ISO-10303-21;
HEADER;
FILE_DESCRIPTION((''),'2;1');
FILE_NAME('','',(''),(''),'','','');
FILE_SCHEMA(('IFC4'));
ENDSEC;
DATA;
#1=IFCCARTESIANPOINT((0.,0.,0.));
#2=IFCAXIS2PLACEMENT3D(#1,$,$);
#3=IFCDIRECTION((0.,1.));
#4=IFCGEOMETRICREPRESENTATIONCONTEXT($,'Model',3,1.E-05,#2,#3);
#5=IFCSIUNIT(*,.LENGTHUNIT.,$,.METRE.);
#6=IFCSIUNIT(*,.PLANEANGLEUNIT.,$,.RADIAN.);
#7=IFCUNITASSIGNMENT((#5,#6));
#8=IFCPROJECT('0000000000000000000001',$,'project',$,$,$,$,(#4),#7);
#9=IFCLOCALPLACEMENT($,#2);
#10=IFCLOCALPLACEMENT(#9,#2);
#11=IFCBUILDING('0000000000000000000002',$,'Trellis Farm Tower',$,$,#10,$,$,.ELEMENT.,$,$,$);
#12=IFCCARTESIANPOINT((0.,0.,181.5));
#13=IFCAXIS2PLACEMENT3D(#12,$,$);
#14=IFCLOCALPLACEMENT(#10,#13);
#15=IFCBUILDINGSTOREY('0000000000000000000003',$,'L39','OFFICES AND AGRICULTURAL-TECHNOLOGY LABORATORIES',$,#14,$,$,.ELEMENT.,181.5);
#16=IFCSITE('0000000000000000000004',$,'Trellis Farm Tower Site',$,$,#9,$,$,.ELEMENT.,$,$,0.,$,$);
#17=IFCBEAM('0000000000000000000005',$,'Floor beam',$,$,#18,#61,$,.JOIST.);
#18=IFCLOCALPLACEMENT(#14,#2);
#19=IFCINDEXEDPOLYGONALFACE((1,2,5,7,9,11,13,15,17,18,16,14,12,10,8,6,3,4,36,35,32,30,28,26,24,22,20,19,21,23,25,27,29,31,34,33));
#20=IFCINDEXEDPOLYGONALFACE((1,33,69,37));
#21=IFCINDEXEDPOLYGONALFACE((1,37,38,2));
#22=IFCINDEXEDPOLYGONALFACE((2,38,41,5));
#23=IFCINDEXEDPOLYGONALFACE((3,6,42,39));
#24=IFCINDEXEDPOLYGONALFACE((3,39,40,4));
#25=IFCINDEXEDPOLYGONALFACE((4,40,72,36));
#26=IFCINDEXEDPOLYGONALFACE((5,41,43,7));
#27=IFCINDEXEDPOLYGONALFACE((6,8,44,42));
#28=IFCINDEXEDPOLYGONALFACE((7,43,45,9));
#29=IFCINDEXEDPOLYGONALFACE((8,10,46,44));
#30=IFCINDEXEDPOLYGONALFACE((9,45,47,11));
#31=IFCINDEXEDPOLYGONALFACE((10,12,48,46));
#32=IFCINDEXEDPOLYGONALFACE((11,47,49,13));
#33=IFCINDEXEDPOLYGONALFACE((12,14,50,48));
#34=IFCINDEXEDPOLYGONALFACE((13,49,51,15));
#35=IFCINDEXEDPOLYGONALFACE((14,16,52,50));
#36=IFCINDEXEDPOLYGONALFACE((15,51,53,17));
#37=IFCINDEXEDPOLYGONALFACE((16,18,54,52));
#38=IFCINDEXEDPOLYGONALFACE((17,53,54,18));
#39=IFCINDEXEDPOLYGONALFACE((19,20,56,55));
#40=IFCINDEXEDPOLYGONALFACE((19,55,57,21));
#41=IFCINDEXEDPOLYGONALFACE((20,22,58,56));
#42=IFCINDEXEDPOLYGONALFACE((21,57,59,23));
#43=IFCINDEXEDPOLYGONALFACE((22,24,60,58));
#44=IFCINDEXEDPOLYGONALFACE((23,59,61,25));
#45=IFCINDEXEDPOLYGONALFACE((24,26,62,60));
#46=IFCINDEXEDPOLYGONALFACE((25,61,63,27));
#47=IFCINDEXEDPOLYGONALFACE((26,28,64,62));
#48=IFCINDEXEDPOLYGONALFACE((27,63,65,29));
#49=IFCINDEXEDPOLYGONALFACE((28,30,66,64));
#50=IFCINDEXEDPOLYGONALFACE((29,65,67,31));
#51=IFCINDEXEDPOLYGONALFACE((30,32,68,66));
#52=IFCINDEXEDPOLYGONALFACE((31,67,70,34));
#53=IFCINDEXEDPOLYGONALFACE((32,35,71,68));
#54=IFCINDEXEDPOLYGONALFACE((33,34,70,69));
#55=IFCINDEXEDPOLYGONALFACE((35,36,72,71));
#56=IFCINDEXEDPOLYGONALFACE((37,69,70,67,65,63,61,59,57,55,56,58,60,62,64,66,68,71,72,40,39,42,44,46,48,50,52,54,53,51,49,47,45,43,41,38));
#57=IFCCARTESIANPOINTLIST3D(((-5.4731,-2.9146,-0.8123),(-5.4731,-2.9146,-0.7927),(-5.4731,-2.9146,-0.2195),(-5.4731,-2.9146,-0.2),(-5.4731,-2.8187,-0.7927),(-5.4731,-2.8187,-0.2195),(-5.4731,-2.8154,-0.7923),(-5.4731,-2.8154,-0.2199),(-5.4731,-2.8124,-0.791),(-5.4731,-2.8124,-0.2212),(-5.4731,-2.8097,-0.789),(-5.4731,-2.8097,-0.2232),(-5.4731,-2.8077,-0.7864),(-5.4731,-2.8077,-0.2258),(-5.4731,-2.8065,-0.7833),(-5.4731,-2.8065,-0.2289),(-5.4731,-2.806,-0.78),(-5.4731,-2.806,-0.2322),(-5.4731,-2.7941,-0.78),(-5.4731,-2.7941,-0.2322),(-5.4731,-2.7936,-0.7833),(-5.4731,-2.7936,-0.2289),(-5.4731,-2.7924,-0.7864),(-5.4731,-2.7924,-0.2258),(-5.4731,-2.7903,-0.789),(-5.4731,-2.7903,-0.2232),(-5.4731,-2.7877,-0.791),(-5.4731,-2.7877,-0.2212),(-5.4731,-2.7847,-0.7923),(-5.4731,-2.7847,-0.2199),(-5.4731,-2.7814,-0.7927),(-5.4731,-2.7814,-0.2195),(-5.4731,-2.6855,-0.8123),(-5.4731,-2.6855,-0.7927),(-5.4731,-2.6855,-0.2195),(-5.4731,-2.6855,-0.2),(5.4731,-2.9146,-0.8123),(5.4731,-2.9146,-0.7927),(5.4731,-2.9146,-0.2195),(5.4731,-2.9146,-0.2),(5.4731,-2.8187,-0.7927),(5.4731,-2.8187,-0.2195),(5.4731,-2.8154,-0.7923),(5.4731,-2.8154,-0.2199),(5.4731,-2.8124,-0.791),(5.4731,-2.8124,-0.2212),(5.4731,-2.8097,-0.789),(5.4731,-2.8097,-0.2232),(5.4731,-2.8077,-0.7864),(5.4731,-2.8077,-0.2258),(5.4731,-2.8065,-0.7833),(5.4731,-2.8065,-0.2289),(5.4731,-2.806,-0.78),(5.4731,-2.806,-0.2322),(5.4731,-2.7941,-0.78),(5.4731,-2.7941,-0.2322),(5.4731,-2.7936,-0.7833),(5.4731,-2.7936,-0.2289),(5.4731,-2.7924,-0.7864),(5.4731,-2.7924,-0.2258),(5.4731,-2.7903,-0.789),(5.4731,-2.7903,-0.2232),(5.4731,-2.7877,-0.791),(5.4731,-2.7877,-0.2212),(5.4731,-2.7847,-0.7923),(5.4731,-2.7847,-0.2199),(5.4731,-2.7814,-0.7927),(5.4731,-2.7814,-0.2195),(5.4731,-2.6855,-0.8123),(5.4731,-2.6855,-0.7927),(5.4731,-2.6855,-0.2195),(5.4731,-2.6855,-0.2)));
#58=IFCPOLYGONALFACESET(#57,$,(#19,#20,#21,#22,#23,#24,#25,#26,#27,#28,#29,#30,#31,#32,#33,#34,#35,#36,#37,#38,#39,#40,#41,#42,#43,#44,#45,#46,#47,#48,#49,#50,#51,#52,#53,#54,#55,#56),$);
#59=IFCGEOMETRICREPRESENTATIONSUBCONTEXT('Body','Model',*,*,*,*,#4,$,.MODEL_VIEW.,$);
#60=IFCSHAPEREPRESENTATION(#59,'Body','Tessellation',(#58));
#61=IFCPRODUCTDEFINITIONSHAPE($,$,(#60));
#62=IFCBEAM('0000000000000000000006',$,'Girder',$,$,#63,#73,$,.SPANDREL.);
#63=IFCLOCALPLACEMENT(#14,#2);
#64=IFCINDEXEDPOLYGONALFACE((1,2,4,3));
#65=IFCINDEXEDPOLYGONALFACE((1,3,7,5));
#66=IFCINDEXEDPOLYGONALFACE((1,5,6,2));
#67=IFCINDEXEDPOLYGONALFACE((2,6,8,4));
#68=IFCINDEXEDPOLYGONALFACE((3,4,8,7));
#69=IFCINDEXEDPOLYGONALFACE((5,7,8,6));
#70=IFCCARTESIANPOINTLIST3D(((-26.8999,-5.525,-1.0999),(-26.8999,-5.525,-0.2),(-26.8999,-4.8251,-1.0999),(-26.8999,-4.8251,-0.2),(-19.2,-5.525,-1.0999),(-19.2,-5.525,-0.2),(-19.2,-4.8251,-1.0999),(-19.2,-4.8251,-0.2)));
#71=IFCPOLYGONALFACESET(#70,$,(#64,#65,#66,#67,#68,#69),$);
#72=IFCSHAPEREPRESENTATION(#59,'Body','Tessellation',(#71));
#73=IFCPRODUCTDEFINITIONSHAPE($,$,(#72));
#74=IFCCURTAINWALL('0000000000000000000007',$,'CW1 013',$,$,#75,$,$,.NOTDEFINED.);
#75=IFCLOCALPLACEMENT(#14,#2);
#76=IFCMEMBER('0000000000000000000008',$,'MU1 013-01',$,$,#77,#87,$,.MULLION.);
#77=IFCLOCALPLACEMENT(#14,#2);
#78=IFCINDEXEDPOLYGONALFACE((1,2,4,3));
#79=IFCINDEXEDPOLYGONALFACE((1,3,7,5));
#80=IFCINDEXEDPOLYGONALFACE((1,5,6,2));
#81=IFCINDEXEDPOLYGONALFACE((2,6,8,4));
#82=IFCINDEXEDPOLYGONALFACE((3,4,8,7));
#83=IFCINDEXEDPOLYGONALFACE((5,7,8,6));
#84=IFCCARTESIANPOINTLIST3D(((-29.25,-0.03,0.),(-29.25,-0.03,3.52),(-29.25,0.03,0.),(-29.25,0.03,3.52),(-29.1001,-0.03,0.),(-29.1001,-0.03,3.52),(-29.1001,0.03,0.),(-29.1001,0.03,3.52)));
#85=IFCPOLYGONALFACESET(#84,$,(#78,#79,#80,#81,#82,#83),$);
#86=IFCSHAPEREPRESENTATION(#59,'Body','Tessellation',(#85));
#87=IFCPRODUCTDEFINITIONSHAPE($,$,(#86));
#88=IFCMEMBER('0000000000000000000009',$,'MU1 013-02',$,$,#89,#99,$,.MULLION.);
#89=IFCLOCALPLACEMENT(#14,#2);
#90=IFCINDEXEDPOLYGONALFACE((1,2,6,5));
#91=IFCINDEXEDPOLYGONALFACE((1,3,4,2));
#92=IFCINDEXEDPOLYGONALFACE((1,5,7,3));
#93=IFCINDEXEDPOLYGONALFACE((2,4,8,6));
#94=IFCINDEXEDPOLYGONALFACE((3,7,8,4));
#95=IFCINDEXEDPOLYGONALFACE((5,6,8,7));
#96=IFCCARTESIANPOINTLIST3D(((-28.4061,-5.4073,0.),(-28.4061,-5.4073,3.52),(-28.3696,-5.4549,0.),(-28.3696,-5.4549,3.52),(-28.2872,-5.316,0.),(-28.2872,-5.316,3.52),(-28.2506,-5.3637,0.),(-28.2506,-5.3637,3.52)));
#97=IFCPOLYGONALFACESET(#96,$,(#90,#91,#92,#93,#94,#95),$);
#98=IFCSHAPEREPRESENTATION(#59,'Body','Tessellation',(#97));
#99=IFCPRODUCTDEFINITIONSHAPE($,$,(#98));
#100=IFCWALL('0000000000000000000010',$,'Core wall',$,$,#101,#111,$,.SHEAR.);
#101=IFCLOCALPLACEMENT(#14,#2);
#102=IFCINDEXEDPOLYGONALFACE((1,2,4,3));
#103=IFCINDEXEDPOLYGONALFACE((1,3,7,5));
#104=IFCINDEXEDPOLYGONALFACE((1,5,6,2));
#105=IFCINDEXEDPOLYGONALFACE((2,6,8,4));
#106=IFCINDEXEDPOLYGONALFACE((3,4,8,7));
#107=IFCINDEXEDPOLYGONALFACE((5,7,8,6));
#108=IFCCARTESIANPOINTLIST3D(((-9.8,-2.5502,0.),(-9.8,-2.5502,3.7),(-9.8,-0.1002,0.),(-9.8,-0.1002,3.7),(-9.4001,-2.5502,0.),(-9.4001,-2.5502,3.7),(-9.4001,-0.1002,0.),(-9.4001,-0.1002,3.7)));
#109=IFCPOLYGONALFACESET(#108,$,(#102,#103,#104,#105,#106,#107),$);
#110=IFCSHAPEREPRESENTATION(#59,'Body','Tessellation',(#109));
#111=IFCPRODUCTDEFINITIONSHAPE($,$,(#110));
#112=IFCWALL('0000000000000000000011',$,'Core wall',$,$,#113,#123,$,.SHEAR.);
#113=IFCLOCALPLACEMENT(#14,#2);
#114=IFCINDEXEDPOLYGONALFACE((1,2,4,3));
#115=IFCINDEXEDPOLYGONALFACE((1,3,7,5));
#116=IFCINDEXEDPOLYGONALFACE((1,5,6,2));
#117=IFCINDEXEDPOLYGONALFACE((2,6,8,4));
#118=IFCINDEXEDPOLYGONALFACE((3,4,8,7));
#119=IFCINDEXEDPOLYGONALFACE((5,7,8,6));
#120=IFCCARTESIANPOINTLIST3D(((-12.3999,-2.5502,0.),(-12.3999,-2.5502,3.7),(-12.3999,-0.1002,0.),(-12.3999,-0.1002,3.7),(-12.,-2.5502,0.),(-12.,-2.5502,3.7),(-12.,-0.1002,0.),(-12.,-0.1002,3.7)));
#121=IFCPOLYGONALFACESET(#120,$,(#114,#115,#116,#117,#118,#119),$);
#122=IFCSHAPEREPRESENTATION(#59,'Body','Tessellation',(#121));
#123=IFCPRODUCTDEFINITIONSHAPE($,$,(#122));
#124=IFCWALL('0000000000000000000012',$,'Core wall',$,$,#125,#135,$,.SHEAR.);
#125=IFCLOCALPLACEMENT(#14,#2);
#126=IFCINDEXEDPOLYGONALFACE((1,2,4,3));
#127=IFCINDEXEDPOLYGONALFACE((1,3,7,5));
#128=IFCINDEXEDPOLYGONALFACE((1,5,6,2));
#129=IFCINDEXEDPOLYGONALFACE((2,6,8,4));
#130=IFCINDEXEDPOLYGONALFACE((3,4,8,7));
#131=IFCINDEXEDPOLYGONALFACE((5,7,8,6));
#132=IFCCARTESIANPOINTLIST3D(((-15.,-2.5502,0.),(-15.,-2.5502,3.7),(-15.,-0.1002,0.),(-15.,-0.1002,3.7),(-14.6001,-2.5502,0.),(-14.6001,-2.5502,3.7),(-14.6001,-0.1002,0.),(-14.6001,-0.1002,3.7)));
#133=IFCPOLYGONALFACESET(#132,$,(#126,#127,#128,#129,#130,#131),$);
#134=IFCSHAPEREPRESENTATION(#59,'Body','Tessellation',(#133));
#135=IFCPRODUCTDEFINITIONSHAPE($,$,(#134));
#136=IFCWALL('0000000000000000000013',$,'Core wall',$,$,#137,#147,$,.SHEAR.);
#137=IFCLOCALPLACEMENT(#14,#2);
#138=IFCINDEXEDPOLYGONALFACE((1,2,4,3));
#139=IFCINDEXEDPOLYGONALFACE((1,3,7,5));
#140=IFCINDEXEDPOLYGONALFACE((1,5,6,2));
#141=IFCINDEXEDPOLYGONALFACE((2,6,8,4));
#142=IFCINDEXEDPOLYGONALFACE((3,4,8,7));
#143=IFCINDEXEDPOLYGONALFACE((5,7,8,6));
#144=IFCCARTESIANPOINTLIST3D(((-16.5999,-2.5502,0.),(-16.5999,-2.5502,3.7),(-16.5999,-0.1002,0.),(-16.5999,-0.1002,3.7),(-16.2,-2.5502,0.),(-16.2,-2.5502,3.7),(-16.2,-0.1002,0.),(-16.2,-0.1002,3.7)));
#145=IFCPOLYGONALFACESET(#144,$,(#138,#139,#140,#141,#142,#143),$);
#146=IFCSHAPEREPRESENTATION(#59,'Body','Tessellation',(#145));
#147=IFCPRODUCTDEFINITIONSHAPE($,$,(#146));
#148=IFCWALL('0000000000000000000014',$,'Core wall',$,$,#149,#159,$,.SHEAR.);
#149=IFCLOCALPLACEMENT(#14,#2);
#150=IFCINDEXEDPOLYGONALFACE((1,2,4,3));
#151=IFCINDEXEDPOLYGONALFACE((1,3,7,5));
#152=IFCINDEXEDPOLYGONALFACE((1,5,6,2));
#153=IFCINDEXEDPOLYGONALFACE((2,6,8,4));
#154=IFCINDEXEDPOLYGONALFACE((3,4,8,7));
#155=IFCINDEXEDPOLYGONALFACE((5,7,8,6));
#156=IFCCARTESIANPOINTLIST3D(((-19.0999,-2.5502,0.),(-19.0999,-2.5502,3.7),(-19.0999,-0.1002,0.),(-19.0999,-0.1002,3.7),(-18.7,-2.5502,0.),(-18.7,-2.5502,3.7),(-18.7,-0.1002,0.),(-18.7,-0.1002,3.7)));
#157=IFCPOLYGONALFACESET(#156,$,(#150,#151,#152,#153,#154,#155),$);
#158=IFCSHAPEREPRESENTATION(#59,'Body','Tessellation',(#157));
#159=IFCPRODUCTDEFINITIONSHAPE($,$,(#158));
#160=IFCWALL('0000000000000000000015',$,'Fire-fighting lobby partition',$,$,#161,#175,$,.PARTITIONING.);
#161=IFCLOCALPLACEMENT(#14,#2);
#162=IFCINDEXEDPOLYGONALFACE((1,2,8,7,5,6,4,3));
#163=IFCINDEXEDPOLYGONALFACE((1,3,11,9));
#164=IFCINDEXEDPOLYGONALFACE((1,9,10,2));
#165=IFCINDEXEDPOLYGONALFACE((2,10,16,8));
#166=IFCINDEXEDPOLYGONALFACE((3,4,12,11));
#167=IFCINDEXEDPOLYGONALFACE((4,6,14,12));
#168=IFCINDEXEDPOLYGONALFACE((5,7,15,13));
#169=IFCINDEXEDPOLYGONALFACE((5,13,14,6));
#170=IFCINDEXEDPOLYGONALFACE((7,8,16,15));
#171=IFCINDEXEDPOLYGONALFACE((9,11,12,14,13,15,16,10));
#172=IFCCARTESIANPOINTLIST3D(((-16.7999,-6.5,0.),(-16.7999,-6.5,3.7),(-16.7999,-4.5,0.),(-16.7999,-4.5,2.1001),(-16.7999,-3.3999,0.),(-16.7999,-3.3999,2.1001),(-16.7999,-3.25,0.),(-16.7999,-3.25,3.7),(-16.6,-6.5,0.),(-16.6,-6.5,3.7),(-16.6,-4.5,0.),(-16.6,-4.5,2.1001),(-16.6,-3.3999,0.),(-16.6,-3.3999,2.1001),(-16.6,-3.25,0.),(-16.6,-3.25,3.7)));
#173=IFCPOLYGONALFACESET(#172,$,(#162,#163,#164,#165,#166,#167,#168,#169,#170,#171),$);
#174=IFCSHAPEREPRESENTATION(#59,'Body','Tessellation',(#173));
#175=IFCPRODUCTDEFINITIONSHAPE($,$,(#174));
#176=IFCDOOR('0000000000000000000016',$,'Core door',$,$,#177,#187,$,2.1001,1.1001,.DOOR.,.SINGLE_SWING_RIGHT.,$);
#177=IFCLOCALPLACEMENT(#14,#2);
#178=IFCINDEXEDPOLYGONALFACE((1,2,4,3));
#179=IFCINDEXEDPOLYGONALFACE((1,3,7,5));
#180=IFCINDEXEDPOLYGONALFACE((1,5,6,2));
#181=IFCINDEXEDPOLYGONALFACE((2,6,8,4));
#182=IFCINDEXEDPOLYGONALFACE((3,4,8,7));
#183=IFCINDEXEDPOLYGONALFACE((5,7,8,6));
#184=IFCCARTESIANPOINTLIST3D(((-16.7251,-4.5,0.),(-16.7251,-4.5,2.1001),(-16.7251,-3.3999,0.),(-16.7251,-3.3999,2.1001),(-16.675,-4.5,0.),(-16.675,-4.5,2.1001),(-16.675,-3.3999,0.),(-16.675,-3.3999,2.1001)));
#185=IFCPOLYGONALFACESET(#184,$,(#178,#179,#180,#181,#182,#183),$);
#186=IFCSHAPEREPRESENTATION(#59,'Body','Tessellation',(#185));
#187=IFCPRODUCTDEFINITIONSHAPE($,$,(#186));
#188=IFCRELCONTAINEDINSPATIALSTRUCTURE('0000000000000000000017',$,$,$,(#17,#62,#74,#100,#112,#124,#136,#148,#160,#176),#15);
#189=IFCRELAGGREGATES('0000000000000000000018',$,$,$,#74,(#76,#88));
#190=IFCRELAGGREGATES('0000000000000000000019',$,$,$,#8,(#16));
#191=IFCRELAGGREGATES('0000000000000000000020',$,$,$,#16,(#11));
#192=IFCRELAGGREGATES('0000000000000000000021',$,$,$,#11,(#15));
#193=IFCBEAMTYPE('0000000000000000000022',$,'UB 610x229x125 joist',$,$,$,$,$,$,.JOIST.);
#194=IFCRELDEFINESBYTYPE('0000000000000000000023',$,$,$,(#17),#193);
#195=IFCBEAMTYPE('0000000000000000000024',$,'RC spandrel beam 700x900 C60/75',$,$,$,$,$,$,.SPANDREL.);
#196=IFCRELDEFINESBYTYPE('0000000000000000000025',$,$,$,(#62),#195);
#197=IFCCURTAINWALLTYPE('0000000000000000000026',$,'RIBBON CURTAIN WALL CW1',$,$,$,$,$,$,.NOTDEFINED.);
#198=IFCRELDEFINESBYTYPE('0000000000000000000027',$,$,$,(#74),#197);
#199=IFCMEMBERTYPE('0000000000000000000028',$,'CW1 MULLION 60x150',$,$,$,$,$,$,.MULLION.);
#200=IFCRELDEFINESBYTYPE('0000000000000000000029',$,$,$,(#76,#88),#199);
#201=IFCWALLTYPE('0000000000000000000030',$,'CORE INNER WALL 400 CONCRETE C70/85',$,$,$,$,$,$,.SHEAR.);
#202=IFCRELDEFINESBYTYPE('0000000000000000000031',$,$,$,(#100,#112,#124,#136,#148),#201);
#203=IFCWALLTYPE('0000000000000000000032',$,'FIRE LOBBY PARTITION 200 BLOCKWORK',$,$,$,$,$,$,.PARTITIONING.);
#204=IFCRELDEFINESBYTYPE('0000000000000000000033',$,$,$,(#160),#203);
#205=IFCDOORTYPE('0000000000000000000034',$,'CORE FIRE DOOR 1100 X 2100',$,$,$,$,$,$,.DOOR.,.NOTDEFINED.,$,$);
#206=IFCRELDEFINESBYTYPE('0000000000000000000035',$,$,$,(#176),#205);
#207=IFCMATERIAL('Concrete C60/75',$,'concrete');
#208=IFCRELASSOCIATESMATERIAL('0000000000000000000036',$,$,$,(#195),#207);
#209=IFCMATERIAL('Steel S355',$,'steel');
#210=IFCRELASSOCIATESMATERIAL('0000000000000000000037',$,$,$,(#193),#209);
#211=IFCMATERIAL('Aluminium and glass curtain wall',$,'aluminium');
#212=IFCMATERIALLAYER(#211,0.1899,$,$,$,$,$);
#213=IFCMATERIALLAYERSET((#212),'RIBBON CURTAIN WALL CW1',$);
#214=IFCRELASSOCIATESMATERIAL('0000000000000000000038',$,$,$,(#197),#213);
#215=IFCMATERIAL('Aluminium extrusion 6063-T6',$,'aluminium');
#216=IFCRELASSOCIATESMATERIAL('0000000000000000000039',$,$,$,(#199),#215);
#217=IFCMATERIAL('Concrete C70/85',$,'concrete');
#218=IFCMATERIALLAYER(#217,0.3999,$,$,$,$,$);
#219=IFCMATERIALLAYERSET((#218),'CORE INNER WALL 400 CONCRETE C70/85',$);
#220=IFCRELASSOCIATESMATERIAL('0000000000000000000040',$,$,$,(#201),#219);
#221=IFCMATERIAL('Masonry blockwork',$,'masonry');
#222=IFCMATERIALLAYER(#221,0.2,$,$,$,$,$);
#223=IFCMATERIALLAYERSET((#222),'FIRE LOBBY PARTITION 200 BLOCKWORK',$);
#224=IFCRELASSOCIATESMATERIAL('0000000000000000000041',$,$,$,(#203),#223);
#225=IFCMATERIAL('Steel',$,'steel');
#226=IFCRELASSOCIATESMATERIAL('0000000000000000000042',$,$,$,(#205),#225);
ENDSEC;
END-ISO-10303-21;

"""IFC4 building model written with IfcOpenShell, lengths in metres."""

from ifc_helpers import new_model, si_unit, direction, frame, frame_2d, origin, origin_2d, place, context, subcontext, project, spatial, rectangle, i_section, extrude, source, transform, mapped, material, layer, layer_set, material_profile, profile_set, type_object, element, fill, aggregate, save


model = new_model("IFC4")

# Units and contexts
model_context = context("Model", 3, precision=1e-05, world=origin(), true_north=direction((0.0, 1.0)))
body_context = subcontext(model_context, "Body", "Model", "MODEL_VIEW")
ifc_project = project(units=[si_unit("LENGTHUNIT", "METRE"), si_unit("PLANEANGLEUNIT", "RADIAN")], contexts=[model_context])

# Site, building, storey
site_placement = place(None, origin())
site = spatial("IfcSite", under=ifc_project, at=site_placement, Name="Trellis Farm Tower Site", CompositionType="ELEMENT", RefElevation=0.0)
building_placement = place(site_placement, origin())
building = spatial("IfcBuilding", under=site, at=building_placement, Name="Trellis Farm Tower", CompositionType="ELEMENT")
storey_placement = place(building_placement, frame((0.0, 0.0, 181.5)))
storey = spatial("IfcBuildingStorey", under=building, at=storey_placement, Name="L39", Description="OFFICES AND AGRICULTURAL-TECHNOLOGY LABORATORIES", CompositionType="ELEMENT", Elevation=181.5)

# Shared definitions
ifc_material_1 = material(Name="Concrete C70/85", Category="concrete")

# Beams
ifc_material_2 = material(Name="Steel S355", Category="steel")
ifc_material_3 = material(Name="Concrete C60/75", Category="concrete")
ifc_material_profile_1 = material_profile(ifc_material_3, rectangle(XDim=0.7, YDim=0.8999, at=origin_2d()), Name="RC spandrel beam 700x900 C60/75")
ifc_profile_set_1 = profile_set([ifc_material_profile_1], Name="Concrete C60/75")
beam_type_1 = type_object("IfcBeamType", Name="RC spandrel beam 700x900 C60/75", PredefinedType="SPANDREL", material=ifc_profile_set_1)
ifc_material_profile_2 = material_profile(ifc_material_2, i_section(OverallWidth=0.229, OverallDepth=0.6123, WebThickness=0.012, FlangeThickness=0.0195, FilletRadius=0.0127, at=origin_2d()), Name="UB 610x229x125")
ifc_profile_set_2 = profile_set([ifc_material_profile_2], Name="Steel S355")
beam_type_2 = type_object("IfcBeamType", Name="UB 610x229x125 joist", PredefinedType="JOIST", material=ifc_profile_set_2)
shared_shape_1 = source(origin(), body_context, "Body", "SweptSolid", [
    extrude(i_section(OverallWidth=0.229, OverallDepth=0.6123, WebThickness=0.012, FlangeThickness=0.0195, FilletRadius=0.0127, at=origin_2d()), origin(), (0.0, 0.0, 1.0), 10.9463),
])
beam_1_placement = place(storey_placement, frame((-5.4731, -2.8, -0.5061), z_axis=(1.0, 0.0, 0.0), x_axis=(0.0, 1.0, 0.0)))
element("IfcBeam", 1, at=beam_1_placement, inside=storey, type_object=beam_type_2, Name="Floor beam", PredefinedType="JOIST", context=body_context, shape_type="MappedRepresentation", body=[
    mapped(shared_shape_1, transform((0.0, 0.0, 0.0))),
])
shared_shape_2 = source(origin(), body_context, "Body", "SweptSolid", [
    extrude(rectangle(XDim=0.7, YDim=0.8999, at=origin_2d()), origin(), (0.0, 0.0, 1.0), 7.7),
])
beam_2_placement = place(storey_placement, frame((-26.8999, -5.175, -0.6499), z_axis=(1.0, 0.0, 0.0), x_axis=(0.0, 1.0, 0.0)))
element("IfcBeam", 2, at=beam_2_placement, inside=storey, type_object=beam_type_1, Name="Girder", PredefinedType="SPANDREL", context=body_context, shape_type="MappedRepresentation", body=[
    mapped(shared_shape_2, transform((0.0, 0.0, 0.0))),
])

# Curtain wall, members
ifc_material_4 = material(Name="Aluminium and glass curtain wall", Category="aluminium")
ifc_layer_1 = layer(ifc_material_4, 0.1899)
ifc_layer_set_1 = layer_set([ifc_layer_1], Name="RIBBON CURTAIN WALL CW1")
curtain_wall_type = type_object("IfcCurtainWallType", Name="RIBBON CURTAIN WALL CW1", PredefinedType="NOTDEFINED", material=ifc_layer_set_1)
curtain_wall_placement = place(storey_placement, origin())
curtain_wall = element("IfcCurtainWall", 3, at=curtain_wall_placement, inside=storey, type_object=curtain_wall_type, Name="CW1 013", PredefinedType="NOTDEFINED")
ifc_material_5 = material(Name="Aluminium extrusion 6063-T6", Category="aluminium")
ifc_material_profile_3 = material_profile(ifc_material_5, rectangle(XDim=0.0601, YDim=0.1499, at=origin_2d()), Name="MULLION 60x150")
ifc_profile_set_3 = profile_set([ifc_material_profile_3], Name="Aluminium extrusion 6063-T6")
member_type = type_object("IfcMemberType", Name="CW1 MULLION 60x150", PredefinedType="MULLION", material=ifc_profile_set_3)
shared_shape_3 = source(origin(), body_context, "Body", "SweptSolid", [
    extrude(rectangle(XDim=0.0601, YDim=0.1499, at=origin_2d()), origin(), (0.0, 0.0, 1.0), 3.52),
])
member_1_placement = place(storey_placement, frame((-29.175, 0.0, 0.0), z_axis=(0.0, 0.0, 1.0), x_axis=(0.0, -1.0, 0.0)))
member_1 = element("IfcMember", 4, at=member_1_placement, type_object=member_type, Name="MU1 013-01", PredefinedType="MULLION", context=body_context, shape_type="MappedRepresentation", body=[
    mapped(shared_shape_3, transform((0.0, 0.0, 0.0))),
])
member_2_placement = place(storey_placement, frame((-28.3284, -5.3855, 0.0), z_axis=(0.0, 0.0, 1.0), x_axis=(0.608761, -0.793353, 0.0)))
member_2 = element("IfcMember", 5, at=member_2_placement, type_object=member_type, Name="MU1 013-02", PredefinedType="MULLION", context=body_context, shape_type="MappedRepresentation", body=[
    mapped(shared_shape_3, transform((0.0, 0.0, 0.0))),
])
aggregate(curtain_wall, [member_1, member_2])

# Walls
ifc_layer_2 = layer(ifc_material_1, 0.3999)
ifc_layer_set_2 = layer_set([ifc_layer_2], Name="CORE INNER WALL 400 CONCRETE C70/85")
wall_type_1 = type_object("IfcWallType", Name="CORE INNER WALL 400 CONCRETE C70/85", PredefinedType="SHEAR", material=ifc_layer_set_2)
shared_shape_4 = source(origin(), body_context, "Body", "SweptSolid", [
    extrude(rectangle(XDim=2.45, YDim=0.3999, at=frame_2d((1.2251, 0.0))), origin(), (0.0, 0.0, 1.0), 3.7),
])
for number, where, z_axis, x_axis, name in (
    (6, (-9.6001, -0.1001, 0.0), (0.0, 0.0, 1.0), (0.0, -1.0, 0.0), "Core wall"),
    (7, (-12.2, -0.1001, 0.0), (0.0, 0.0, 1.0), (0.0, -1.0, 0.0), "Core wall"),
    (8, (-14.8, -0.1001, 0.0), (0.0, 0.0, 1.0), (0.0, -1.0, 0.0), "Core wall"),
    (9, (-16.3999, -0.1001, 0.0), (0.0, 0.0, 1.0), (0.0, -1.0, 0.0), "Core wall"),
    (10, (-18.8999, -0.1001, 0.0), (0.0, 0.0, 1.0), (0.0, -1.0, 0.0), "Core wall"),
):
    element("IfcWall", number, at=place(storey_placement, frame(where, z_axis=z_axis, x_axis=x_axis)), inside=storey, type_object=wall_type_1, Name=name, PredefinedType="SHEAR", context=body_context, shape_type="MappedRepresentation", body=[
        mapped(shared_shape_4, transform((0.0, 0.0, 0.0))),
    ])

# Wall, opening, door
ifc_material_6 = material(Name="Masonry blockwork", Category="masonry")
ifc_layer_3 = layer(ifc_material_6, 0.2)
ifc_layer_set_3 = layer_set([ifc_layer_3], Name="FIRE LOBBY PARTITION 200 BLOCKWORK")
wall_type_2 = type_object("IfcWallType", Name="FIRE LOBBY PARTITION 200 BLOCKWORK", PredefinedType="PARTITIONING", material=ifc_layer_set_3)
shared_shape_5 = source(origin(), body_context, "Body", "SweptSolid", [
    extrude(rectangle(XDim=3.25, YDim=0.2, at=frame_2d((1.625, 0.0))), origin(), (0.0, 0.0, 1.0), 3.7),
])
wall_1_placement = place(storey_placement, frame((-16.7, -3.25, 0.0), z_axis=(0.0, 0.0, 1.0), x_axis=(0.0, -1.0, 0.0)))
wall_1 = element("IfcWall", 11, at=wall_1_placement, inside=storey, type_object=wall_type_2, Name="Fire-fighting lobby partition", PredefinedType="PARTITIONING", context=body_context, shape_type="MappedRepresentation", body=[
    mapped(shared_shape_5, transform((0.0, 0.0, 0.0))),
])
shared_shape_6 = source(origin(), body_context, "Body", "SweptSolid", [
    extrude(rectangle(XDim=1.1001, YDim=2.1001, at=frame_2d((0.55, 1.05))), frame((0.0, 0.1101, 0.0), z_axis=(0.0, -1.0, 0.0), x_axis=(1.0, 0.0, 0.0)), (0.0, 0.0, 1.0), 0.2202),
])
opening_1_placement = place(wall_1_placement, frame((0.1499, 0.0, 0.0)))
opening_1 = element("IfcOpeningElement", 12, at=opening_1_placement, cuts=wall_1, PredefinedType="OPENING", context=body_context, shape_type="MappedRepresentation", body=[
    mapped(shared_shape_6, transform((0.0, 0.0, 0.0))),
])
ifc_material_7 = material(Name="Steel", Category="steel")
door_type_1 = type_object("IfcDoorType", Name="CORE FIRE DOOR 1100 X 2100", OperationType="NOTDEFINED", PredefinedType="DOOR", material=ifc_material_7)
shared_shape_7 = source(origin(), body_context, "Body", "SweptSolid", [
    extrude(rectangle(XDim=1.1001, YDim=2.1001, at=frame_2d((0.55, 1.05))), frame((0.0, 0.0249, 0.0), z_axis=(0.0, -1.0, 0.0), x_axis=(1.0, 0.0, 0.0)), (0.0, 0.0, 1.0), 0.05),
])
door_1_placement = place(opening_1_placement, origin())
door_1 = element("IfcDoor", 13, at=door_1_placement, inside=storey, type_object=door_type_1, Name="Core door", OperationType="SINGLE_SWING_RIGHT", OverallHeight=2.1001, OverallWidth=1.1001, PredefinedType="DOOR", context=body_context, shape_type="MappedRepresentation", body=[
    mapped(shared_shape_7, transform((0.0, 0.0, 0.0))),
])
fill(opening_1, door_1)

save(model, "model.ifc")
